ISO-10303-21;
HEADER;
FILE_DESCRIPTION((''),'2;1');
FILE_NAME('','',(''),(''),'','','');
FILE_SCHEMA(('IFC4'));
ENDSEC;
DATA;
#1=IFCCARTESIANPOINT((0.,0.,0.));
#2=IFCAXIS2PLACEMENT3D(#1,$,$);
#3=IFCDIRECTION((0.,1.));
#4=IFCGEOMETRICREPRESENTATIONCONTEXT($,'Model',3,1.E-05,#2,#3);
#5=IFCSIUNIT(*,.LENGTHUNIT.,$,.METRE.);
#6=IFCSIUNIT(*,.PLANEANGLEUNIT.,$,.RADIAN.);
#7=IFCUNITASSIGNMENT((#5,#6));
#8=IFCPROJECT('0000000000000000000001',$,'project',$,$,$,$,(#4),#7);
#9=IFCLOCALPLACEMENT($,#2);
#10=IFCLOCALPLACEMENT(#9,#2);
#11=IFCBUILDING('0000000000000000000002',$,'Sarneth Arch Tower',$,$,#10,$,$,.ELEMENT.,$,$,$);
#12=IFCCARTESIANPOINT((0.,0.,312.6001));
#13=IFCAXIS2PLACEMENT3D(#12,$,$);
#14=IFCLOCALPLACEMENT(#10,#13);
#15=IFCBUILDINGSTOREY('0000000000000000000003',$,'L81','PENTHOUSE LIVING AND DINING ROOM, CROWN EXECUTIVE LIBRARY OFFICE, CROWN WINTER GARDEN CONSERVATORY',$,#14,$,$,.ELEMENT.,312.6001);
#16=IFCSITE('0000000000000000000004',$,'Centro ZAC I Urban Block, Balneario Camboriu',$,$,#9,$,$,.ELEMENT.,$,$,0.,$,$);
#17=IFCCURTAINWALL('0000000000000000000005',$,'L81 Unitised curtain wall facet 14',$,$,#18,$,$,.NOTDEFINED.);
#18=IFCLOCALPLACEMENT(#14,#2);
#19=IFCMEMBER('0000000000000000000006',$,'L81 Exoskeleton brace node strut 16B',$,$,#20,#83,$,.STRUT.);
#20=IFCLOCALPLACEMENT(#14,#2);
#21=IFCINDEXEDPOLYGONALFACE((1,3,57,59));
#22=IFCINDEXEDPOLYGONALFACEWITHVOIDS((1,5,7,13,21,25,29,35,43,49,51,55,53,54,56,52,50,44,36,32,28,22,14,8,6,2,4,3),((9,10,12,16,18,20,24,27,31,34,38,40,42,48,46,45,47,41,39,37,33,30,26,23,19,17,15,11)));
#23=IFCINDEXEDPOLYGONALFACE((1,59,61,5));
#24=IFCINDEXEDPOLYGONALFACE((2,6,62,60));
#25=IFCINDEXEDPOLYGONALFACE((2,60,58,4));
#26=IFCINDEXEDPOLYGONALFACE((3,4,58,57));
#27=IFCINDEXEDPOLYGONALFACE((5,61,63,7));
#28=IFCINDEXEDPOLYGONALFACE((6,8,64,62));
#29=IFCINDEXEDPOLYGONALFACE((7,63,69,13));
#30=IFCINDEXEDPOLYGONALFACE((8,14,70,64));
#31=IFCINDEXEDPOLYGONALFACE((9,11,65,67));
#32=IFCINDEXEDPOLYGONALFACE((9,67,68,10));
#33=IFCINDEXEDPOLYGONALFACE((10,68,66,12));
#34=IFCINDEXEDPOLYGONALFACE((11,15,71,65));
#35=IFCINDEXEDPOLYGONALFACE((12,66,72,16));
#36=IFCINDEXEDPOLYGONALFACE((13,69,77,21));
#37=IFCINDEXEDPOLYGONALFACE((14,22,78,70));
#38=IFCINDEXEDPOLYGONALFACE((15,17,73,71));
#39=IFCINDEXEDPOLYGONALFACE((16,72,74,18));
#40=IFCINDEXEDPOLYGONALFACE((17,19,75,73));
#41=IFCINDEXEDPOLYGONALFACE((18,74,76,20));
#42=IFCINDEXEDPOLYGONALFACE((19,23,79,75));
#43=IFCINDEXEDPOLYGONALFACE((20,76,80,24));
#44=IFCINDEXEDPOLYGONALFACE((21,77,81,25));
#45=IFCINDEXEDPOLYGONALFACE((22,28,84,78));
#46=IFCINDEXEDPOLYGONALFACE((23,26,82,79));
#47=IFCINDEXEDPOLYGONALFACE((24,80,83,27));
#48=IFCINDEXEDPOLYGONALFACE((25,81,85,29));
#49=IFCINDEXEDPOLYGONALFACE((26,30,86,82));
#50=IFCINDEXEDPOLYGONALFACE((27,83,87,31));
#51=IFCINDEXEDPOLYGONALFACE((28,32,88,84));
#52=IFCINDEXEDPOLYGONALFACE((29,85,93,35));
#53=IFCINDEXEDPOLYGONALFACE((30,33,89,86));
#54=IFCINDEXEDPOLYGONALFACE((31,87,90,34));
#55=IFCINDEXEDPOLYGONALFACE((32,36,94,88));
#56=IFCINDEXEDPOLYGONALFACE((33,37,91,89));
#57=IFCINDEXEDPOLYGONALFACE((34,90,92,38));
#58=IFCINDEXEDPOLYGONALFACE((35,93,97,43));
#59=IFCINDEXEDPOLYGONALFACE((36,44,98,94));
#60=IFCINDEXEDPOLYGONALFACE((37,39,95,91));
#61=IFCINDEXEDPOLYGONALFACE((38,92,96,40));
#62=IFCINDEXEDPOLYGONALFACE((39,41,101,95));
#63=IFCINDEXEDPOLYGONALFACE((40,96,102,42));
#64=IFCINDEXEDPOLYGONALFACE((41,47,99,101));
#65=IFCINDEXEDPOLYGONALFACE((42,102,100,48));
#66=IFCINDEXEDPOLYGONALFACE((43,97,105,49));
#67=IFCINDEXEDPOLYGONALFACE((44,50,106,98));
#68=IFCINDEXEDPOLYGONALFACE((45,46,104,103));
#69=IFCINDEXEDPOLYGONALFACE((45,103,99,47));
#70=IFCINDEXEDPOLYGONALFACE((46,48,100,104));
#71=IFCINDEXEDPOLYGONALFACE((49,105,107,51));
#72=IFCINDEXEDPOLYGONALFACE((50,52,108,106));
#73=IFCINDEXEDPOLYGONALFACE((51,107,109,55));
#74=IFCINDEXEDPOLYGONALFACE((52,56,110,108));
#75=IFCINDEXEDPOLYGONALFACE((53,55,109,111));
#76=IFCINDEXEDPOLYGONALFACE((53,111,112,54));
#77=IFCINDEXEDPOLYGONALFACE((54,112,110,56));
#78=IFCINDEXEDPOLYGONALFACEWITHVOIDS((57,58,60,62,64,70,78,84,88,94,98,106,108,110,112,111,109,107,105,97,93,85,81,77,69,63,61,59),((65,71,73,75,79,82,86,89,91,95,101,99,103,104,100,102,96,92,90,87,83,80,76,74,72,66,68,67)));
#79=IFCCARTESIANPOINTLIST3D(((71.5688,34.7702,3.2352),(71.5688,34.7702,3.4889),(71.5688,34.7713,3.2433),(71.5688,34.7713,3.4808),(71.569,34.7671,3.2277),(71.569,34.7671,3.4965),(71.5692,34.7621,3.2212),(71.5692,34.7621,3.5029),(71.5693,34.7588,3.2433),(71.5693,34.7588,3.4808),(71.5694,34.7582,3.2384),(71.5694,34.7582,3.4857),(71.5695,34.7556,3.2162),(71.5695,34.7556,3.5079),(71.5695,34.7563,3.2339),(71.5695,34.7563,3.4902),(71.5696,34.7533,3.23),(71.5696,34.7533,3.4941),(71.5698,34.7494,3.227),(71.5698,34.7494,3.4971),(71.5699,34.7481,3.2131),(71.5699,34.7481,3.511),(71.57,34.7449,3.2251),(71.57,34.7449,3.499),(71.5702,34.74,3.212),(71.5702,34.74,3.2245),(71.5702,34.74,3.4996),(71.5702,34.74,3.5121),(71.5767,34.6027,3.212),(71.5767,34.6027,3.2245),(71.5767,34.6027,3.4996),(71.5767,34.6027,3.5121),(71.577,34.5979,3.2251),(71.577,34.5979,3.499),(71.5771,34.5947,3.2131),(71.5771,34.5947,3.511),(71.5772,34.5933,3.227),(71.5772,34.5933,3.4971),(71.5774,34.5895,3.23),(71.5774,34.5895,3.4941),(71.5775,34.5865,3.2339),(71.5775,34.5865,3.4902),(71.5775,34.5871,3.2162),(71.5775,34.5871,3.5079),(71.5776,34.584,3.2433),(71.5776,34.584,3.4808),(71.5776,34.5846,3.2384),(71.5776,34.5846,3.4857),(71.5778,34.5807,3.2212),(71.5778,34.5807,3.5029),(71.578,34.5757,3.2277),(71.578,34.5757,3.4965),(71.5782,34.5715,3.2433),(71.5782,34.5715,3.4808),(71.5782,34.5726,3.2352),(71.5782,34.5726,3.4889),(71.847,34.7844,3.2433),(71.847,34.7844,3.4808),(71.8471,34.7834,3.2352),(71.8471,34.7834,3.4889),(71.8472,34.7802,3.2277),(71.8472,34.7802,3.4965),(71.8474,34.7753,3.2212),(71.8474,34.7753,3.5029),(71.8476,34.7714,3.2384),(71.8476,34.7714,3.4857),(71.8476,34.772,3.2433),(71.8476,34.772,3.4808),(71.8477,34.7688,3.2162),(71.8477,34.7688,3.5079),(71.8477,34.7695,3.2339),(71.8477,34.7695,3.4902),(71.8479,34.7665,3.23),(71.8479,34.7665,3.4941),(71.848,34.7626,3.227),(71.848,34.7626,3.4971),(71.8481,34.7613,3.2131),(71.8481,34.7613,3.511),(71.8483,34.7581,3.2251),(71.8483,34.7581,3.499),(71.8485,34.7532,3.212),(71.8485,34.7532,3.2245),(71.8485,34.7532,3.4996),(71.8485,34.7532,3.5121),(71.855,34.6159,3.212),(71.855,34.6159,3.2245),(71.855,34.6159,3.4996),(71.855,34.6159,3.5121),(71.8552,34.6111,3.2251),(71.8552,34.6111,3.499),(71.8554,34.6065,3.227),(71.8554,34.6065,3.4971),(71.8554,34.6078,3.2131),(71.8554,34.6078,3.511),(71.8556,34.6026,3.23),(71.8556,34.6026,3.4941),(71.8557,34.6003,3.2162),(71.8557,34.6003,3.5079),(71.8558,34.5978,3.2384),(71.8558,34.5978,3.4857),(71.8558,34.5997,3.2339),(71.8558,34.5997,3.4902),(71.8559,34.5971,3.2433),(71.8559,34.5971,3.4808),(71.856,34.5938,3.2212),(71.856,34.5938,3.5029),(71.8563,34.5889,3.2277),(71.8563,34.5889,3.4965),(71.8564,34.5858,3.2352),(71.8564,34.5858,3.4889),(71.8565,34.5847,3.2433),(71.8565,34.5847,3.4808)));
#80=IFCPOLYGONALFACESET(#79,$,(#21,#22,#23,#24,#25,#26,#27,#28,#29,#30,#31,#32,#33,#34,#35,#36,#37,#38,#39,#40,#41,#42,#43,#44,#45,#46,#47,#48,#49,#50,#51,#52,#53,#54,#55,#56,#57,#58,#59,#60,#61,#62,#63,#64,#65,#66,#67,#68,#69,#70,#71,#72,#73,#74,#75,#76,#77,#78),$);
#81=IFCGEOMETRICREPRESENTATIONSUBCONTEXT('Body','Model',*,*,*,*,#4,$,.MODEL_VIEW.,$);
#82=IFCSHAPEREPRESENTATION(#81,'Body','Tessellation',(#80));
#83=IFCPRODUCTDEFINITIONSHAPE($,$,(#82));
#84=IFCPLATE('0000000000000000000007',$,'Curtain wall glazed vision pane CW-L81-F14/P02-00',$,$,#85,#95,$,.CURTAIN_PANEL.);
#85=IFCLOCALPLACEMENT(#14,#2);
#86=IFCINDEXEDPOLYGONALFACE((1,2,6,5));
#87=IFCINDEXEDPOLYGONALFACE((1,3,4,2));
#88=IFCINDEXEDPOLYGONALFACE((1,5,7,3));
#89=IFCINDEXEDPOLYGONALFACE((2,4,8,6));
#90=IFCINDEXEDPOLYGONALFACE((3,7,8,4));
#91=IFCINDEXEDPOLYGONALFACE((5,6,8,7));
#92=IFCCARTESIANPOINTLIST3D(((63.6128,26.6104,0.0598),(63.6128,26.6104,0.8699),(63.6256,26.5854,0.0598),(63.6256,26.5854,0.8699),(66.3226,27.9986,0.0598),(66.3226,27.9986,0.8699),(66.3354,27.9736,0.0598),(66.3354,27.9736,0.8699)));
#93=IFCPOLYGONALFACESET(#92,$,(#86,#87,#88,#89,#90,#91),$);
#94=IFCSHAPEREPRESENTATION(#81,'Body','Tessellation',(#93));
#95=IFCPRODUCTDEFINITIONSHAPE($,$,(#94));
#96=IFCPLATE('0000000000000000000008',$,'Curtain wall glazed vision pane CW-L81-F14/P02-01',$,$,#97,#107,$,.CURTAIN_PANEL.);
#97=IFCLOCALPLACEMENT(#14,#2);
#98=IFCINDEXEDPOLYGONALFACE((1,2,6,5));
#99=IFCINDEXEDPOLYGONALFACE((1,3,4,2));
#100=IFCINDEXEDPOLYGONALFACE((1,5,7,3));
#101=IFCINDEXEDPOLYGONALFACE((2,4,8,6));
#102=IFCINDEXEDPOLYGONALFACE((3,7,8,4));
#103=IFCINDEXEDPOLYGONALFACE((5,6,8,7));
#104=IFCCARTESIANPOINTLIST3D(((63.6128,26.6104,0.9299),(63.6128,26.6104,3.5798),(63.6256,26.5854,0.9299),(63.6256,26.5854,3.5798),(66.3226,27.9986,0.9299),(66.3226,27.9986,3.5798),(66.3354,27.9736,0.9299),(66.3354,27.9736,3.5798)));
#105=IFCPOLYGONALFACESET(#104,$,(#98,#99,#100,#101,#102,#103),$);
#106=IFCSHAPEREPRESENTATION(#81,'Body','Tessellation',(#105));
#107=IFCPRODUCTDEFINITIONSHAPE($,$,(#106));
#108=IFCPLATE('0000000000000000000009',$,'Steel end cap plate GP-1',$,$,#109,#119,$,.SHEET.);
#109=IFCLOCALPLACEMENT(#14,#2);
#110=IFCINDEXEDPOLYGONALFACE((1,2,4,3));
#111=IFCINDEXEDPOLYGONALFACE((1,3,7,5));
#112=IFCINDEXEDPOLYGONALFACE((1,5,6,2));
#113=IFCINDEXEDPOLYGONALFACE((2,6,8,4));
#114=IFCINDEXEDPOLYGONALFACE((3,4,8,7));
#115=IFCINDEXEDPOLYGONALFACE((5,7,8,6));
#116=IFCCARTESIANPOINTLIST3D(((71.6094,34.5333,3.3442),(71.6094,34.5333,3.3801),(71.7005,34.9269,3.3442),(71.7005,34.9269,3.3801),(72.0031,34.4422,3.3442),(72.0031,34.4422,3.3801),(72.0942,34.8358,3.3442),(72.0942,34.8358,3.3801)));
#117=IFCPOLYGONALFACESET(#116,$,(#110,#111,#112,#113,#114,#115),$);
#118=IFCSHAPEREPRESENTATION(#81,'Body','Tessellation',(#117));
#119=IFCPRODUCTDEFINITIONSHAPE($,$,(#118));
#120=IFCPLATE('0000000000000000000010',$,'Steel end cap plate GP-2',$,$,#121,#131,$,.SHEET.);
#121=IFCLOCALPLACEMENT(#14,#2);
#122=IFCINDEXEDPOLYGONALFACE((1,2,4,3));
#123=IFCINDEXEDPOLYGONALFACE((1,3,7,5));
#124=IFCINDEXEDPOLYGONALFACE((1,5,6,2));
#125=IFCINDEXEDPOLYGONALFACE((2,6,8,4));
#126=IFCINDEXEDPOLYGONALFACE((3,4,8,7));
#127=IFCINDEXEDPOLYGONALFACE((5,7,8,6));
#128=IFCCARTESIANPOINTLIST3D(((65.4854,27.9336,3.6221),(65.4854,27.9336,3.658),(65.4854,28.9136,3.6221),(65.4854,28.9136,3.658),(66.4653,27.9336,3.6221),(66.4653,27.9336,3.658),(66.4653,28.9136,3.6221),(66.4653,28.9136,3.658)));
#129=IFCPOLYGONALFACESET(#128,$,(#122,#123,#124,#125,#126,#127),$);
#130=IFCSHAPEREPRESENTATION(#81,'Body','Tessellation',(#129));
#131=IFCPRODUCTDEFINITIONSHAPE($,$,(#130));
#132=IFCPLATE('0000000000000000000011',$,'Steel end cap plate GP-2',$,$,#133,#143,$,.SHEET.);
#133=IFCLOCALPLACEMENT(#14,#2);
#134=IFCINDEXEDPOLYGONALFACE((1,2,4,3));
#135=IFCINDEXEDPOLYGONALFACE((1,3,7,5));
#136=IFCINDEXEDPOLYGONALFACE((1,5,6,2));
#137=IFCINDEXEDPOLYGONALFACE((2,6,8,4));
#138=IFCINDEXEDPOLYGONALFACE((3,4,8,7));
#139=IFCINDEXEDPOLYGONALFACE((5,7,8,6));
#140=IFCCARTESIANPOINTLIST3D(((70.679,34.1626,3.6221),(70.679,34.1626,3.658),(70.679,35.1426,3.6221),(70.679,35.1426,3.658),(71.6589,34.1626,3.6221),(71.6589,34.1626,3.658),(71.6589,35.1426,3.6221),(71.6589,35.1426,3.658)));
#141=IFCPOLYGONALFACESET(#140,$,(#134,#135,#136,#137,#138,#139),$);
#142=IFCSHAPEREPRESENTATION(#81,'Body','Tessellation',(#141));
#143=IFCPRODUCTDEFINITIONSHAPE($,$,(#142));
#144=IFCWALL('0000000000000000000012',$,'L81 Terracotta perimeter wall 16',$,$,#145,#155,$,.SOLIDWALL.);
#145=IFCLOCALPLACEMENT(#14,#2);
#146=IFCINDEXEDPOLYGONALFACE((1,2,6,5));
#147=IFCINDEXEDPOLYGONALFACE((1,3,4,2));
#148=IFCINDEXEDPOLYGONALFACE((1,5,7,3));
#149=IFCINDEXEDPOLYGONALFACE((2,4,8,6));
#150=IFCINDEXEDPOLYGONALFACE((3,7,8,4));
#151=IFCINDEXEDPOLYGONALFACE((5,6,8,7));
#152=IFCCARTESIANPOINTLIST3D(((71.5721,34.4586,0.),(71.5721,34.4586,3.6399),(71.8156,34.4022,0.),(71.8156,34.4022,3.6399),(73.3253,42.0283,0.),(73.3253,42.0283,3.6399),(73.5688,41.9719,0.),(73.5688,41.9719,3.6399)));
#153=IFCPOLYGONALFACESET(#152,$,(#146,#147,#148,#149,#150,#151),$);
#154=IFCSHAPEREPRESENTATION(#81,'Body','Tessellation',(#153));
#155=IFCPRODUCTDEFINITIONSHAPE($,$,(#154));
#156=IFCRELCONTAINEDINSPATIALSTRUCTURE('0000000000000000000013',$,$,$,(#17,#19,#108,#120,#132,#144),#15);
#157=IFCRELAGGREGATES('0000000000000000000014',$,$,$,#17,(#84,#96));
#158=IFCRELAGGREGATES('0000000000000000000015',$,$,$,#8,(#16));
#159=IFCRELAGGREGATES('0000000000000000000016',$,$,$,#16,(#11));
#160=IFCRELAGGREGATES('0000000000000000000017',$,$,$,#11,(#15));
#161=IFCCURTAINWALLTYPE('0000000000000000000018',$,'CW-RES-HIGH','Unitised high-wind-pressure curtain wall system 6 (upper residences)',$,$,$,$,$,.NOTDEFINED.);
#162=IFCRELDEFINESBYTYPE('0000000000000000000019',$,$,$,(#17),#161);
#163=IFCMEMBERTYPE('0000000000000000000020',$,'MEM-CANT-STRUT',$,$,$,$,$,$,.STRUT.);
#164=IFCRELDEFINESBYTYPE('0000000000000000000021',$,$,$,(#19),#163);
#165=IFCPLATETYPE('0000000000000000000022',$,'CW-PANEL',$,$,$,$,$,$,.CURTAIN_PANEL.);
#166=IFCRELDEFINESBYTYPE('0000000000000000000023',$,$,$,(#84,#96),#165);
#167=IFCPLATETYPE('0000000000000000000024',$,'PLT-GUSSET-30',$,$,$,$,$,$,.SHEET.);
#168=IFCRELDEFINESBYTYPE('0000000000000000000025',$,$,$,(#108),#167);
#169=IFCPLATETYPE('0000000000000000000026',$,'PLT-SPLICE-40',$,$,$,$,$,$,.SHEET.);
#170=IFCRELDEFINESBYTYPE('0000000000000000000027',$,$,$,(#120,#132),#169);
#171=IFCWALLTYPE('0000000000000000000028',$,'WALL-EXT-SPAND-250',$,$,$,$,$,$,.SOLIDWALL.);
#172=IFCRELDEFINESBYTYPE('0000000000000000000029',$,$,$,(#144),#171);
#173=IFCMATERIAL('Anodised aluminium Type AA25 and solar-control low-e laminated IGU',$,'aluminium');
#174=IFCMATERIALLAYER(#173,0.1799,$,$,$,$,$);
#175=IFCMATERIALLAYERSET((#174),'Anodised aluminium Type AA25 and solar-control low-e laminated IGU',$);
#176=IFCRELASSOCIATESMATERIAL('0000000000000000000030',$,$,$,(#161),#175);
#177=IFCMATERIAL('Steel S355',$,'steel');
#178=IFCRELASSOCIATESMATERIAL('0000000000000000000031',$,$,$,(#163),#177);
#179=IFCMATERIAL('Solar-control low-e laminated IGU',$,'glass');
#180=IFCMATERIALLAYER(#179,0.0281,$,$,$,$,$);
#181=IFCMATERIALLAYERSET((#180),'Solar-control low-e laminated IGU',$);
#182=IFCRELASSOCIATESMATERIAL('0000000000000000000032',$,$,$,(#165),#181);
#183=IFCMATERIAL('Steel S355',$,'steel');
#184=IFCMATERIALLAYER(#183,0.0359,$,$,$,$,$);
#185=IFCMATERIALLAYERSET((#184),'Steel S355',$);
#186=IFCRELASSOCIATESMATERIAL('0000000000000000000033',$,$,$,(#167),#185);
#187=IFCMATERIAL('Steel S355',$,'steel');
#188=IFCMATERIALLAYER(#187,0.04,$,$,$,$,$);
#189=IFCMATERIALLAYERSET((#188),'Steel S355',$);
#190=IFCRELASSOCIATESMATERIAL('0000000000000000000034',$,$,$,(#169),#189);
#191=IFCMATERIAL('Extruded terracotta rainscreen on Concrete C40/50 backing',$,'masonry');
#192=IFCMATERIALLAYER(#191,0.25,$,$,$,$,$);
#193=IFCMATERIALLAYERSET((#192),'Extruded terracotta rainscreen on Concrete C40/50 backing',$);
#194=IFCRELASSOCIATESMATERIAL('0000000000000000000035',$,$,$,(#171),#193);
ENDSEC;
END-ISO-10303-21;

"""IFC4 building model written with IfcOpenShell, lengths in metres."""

from ifc_helpers import new_model, si_unit, direction, frame, frame_2d, origin, origin_2d, place, context, subcontext, project, spatial, rectangle, hollow_rectangle, extrude, material, layer, layer_set, material_profile, profile_set, type_object, element, aggregate, save


model = new_model("IFC4")

# Units and contexts
model_context = context("Model", 3, precision=1e-05, world=origin(), true_north=direction((0.0, 1.0)))
body_context = subcontext(model_context, "Body", "Model", "MODEL_VIEW")
ifc_project = project(units=[si_unit("LENGTHUNIT", "METRE"), si_unit("PLANEANGLEUNIT", "RADIAN")], contexts=[model_context])

# Site, building, storey
site_placement = place(None, origin())
site = spatial("IfcSite", under=ifc_project, at=site_placement, Name="Centro ZAC I Urban Block, Balneario Camboriu", CompositionType="ELEMENT", RefElevation=0.0)
building_placement = place(site_placement, origin())
building = spatial("IfcBuilding", under=site, at=building_placement, Name="Sarneth Arch Tower", CompositionType="ELEMENT")
storey_placement = place(building_placement, frame((0.0, 0.0, 312.6001)))
storey = spatial("IfcBuildingStorey", under=building, at=storey_placement, Name="L81", Description="PENTHOUSE LIVING AND DINING ROOM, CROWN EXECUTIVE LIBRARY OFFICE, CROWN WINTER GARDEN CONSERVATORY", CompositionType="ELEMENT", Elevation=312.6001)

# Curtain wall
ifc_material_1 = material(Name="Anodised aluminium Type AA25 and solar-control low-e laminated IGU", Category="aluminium")
ifc_layer_1 = layer(ifc_material_1, 0.1799)
ifc_layer_set_1 = layer_set([ifc_layer_1], Name="Anodised aluminium Type AA25 and solar-control low-e laminated IGU")
curtain_wall_type = type_object("IfcCurtainWallType", Name="CW-RES-HIGH", Description="Unitised high-wind-pressure curtain wall system 6 (upper residences)", PredefinedType="NOTDEFINED", material=ifc_layer_set_1)
curtain_wall_placement = place(storey_placement, origin())
curtain_wall = element("IfcCurtainWall", 1, at=curtain_wall_placement, inside=storey, type_object=curtain_wall_type, Name="L81 Unitised curtain wall facet 14", PredefinedType="NOTDEFINED")

# Member
ifc_material_2 = material(Name="Steel S355", Category="steel")
ifc_material_profile_1 = material_profile(ifc_material_2, hollow_rectangle(XDim=0.2, YDim=0.3, WallThickness=0.0125, InnerFilletRadius=0.0188, OuterFilletRadius=0.0312, at=origin_2d()), Name="RHS300x200x12.5")
ifc_profile_set_1 = profile_set([ifc_material_profile_1], Name="Steel S355")
member_type_1 = type_object("IfcMemberType", Name="MEM-CANT-STRUT", PredefinedType="STRUT", material=ifc_profile_set_1)
member_1_placement = place(storey_placement, frame((71.5735, 34.6714, 3.3621), z_axis=(0.99888, 0.047315, 0.0), x_axis=(-0.047315, 0.99888, 0.0)))
element("IfcMember", 2, at=member_1_placement, inside=storey, type_object=member_type_1, Name="L81 Exoskeleton brace node strut 16B", PredefinedType="STRUT", context=body_context, shape_type="SweptSolid", body=[
    extrude(hollow_rectangle(XDim=0.2, YDim=0.3, WallThickness=0.0125, InnerFilletRadius=0.0188, OuterFilletRadius=0.0312, at=origin_2d()), origin(), (0.0, 0.0, 1.0), 0.2786),
])

# Plates
ifc_material_3 = material(Name="Solar-control low-e laminated IGU", Category="glass")
ifc_layer_2 = layer(ifc_material_3, 0.0281)
ifc_layer_set_2 = layer_set([ifc_layer_2], Name="Solar-control low-e laminated IGU")
plate_type_1 = type_object("IfcPlateType", Name="CW-PANEL", PredefinedType="CURTAIN_PANEL", material=ifc_layer_set_2)
plate_1_placement = place(storey_placement, frame((64.9741, 27.292, 0.0598), z_axis=(0.0, 0.0, 1.0), x_axis=(0.89001, 0.455942, 0.0)))
plate_1 = element("IfcPlate", 3, at=plate_1_placement, type_object=plate_type_1, Name="Curtain wall glazed vision pane CW-L81-F14/P02-00", PredefinedType="CURTAIN_PANEL", context=body_context, shape_type="SweptSolid", body=[
    extrude(rectangle(XDim=3.0447, YDim=0.0281, at=origin_2d()), origin(), (0.0, 0.0, 1.0), 0.8101),
])
plate_2_placement = place(storey_placement, frame((64.9741, 27.292, 0.9299), z_axis=(0.0, 0.0, 1.0), x_axis=(0.89001, 0.455942, 0.0)))
plate_2 = element("IfcPlate", 4, at=plate_2_placement, type_object=plate_type_1, Name="Curtain wall glazed vision pane CW-L81-F14/P02-01", PredefinedType="CURTAIN_PANEL", context=body_context, shape_type="SweptSolid", body=[
    extrude(rectangle(XDim=3.0447, YDim=0.0281, at=origin_2d()), origin(), (0.0, 0.0, 1.0), 2.6499),
])
aggregate(curtain_wall, [plate_1, plate_2])

# Plates
ifc_material_4 = material(Name="Steel S355", Category="steel")
ifc_layer_3 = layer(ifc_material_4, 0.0359)
ifc_layer_set_3 = layer_set([ifc_layer_3], Name="Steel S355")
plate_type_2 = type_object("IfcPlateType", Name="PLT-GUSSET-30", PredefinedType="SHEET", material=ifc_layer_set_3)
plate_3_placement = place(storey_placement, frame((71.8518, 34.6846, 3.3442), z_axis=(0.0, 0.0, 1.0), x_axis=(0.225461, 0.974252, 0.0)))
element("IfcPlate", 5, at=plate_3_placement, inside=storey, type_object=plate_type_2, Name="Steel end cap plate GP-1", PredefinedType="SHEET", context=body_context, shape_type="SweptSolid", body=[
    extrude(rectangle(XDim=0.4041, YDim=0.4041, at=origin_2d()), origin(), (0.0, 0.0, 1.0), 0.0359),
])
ifc_material_5 = material(Name="Steel S355", Category="steel")
ifc_layer_4 = layer(ifc_material_5, 0.04)
ifc_layer_set_4 = layer_set([ifc_layer_4], Name="Steel S355")
plate_type_3 = type_object("IfcPlateType", Name="PLT-SPLICE-40", PredefinedType="SHEET", material=ifc_layer_set_4)
for number, where, z_axis, x_axis, name in (
    (6, (65.9753, 28.4236, 3.6221), (0.0, 0.0, 1.0), (1.0, 0.0, 0.0), "Steel end cap plate GP-2"),
    (7, (71.1689, 34.6526, 3.6221), (0.0, 0.0, 1.0), (1.0, 0.0, 0.0), "Steel end cap plate GP-2"),
):
    element("IfcPlate", number, at=place(storey_placement, frame(where, z_axis=z_axis, x_axis=x_axis)), inside=storey, type_object=plate_type_3, Name=name, PredefinedType="SHEET", context=body_context, shape_type="SweptSolid", body=[
        extrude(rectangle(XDim=0.98, YDim=0.98, at=origin_2d()), origin(), (0.0, 0.0, 1.0), 0.0359),
    ])

# Wall
ifc_material_6 = material(Name="Extruded terracotta rainscreen on Concrete C40/50 backing", Category="masonry")
ifc_layer_5 = layer(ifc_material_6, 0.25)
ifc_layer_set_5 = layer_set([ifc_layer_5], Name="Extruded terracotta rainscreen on Concrete C40/50 backing")
wall_type_1 = type_object("IfcWallType", Name="WALL-EXT-SPAND-250", PredefinedType="SOLIDWALL", material=ifc_layer_set_5)
wall_1_placement = place(storey_placement, frame((71.6938, 34.4304, 0.0), z_axis=(0.0, 0.0, 1.0), x_axis=(0.225635, 0.974212, 0.0)))
element("IfcWall", 8, at=wall_1_placement, inside=storey, type_object=wall_type_1, Name="L81 Terracotta perimeter wall 16", PredefinedType="SOLIDWALL", context=body_context, shape_type="SweptSolid", body=[
    extrude(rectangle(XDim=7.77, YDim=0.25, at=frame_2d((3.885, 0.0))), origin(), (0.0, 0.0, 1.0), 3.6399),
])

save(model, "model.ifc")
